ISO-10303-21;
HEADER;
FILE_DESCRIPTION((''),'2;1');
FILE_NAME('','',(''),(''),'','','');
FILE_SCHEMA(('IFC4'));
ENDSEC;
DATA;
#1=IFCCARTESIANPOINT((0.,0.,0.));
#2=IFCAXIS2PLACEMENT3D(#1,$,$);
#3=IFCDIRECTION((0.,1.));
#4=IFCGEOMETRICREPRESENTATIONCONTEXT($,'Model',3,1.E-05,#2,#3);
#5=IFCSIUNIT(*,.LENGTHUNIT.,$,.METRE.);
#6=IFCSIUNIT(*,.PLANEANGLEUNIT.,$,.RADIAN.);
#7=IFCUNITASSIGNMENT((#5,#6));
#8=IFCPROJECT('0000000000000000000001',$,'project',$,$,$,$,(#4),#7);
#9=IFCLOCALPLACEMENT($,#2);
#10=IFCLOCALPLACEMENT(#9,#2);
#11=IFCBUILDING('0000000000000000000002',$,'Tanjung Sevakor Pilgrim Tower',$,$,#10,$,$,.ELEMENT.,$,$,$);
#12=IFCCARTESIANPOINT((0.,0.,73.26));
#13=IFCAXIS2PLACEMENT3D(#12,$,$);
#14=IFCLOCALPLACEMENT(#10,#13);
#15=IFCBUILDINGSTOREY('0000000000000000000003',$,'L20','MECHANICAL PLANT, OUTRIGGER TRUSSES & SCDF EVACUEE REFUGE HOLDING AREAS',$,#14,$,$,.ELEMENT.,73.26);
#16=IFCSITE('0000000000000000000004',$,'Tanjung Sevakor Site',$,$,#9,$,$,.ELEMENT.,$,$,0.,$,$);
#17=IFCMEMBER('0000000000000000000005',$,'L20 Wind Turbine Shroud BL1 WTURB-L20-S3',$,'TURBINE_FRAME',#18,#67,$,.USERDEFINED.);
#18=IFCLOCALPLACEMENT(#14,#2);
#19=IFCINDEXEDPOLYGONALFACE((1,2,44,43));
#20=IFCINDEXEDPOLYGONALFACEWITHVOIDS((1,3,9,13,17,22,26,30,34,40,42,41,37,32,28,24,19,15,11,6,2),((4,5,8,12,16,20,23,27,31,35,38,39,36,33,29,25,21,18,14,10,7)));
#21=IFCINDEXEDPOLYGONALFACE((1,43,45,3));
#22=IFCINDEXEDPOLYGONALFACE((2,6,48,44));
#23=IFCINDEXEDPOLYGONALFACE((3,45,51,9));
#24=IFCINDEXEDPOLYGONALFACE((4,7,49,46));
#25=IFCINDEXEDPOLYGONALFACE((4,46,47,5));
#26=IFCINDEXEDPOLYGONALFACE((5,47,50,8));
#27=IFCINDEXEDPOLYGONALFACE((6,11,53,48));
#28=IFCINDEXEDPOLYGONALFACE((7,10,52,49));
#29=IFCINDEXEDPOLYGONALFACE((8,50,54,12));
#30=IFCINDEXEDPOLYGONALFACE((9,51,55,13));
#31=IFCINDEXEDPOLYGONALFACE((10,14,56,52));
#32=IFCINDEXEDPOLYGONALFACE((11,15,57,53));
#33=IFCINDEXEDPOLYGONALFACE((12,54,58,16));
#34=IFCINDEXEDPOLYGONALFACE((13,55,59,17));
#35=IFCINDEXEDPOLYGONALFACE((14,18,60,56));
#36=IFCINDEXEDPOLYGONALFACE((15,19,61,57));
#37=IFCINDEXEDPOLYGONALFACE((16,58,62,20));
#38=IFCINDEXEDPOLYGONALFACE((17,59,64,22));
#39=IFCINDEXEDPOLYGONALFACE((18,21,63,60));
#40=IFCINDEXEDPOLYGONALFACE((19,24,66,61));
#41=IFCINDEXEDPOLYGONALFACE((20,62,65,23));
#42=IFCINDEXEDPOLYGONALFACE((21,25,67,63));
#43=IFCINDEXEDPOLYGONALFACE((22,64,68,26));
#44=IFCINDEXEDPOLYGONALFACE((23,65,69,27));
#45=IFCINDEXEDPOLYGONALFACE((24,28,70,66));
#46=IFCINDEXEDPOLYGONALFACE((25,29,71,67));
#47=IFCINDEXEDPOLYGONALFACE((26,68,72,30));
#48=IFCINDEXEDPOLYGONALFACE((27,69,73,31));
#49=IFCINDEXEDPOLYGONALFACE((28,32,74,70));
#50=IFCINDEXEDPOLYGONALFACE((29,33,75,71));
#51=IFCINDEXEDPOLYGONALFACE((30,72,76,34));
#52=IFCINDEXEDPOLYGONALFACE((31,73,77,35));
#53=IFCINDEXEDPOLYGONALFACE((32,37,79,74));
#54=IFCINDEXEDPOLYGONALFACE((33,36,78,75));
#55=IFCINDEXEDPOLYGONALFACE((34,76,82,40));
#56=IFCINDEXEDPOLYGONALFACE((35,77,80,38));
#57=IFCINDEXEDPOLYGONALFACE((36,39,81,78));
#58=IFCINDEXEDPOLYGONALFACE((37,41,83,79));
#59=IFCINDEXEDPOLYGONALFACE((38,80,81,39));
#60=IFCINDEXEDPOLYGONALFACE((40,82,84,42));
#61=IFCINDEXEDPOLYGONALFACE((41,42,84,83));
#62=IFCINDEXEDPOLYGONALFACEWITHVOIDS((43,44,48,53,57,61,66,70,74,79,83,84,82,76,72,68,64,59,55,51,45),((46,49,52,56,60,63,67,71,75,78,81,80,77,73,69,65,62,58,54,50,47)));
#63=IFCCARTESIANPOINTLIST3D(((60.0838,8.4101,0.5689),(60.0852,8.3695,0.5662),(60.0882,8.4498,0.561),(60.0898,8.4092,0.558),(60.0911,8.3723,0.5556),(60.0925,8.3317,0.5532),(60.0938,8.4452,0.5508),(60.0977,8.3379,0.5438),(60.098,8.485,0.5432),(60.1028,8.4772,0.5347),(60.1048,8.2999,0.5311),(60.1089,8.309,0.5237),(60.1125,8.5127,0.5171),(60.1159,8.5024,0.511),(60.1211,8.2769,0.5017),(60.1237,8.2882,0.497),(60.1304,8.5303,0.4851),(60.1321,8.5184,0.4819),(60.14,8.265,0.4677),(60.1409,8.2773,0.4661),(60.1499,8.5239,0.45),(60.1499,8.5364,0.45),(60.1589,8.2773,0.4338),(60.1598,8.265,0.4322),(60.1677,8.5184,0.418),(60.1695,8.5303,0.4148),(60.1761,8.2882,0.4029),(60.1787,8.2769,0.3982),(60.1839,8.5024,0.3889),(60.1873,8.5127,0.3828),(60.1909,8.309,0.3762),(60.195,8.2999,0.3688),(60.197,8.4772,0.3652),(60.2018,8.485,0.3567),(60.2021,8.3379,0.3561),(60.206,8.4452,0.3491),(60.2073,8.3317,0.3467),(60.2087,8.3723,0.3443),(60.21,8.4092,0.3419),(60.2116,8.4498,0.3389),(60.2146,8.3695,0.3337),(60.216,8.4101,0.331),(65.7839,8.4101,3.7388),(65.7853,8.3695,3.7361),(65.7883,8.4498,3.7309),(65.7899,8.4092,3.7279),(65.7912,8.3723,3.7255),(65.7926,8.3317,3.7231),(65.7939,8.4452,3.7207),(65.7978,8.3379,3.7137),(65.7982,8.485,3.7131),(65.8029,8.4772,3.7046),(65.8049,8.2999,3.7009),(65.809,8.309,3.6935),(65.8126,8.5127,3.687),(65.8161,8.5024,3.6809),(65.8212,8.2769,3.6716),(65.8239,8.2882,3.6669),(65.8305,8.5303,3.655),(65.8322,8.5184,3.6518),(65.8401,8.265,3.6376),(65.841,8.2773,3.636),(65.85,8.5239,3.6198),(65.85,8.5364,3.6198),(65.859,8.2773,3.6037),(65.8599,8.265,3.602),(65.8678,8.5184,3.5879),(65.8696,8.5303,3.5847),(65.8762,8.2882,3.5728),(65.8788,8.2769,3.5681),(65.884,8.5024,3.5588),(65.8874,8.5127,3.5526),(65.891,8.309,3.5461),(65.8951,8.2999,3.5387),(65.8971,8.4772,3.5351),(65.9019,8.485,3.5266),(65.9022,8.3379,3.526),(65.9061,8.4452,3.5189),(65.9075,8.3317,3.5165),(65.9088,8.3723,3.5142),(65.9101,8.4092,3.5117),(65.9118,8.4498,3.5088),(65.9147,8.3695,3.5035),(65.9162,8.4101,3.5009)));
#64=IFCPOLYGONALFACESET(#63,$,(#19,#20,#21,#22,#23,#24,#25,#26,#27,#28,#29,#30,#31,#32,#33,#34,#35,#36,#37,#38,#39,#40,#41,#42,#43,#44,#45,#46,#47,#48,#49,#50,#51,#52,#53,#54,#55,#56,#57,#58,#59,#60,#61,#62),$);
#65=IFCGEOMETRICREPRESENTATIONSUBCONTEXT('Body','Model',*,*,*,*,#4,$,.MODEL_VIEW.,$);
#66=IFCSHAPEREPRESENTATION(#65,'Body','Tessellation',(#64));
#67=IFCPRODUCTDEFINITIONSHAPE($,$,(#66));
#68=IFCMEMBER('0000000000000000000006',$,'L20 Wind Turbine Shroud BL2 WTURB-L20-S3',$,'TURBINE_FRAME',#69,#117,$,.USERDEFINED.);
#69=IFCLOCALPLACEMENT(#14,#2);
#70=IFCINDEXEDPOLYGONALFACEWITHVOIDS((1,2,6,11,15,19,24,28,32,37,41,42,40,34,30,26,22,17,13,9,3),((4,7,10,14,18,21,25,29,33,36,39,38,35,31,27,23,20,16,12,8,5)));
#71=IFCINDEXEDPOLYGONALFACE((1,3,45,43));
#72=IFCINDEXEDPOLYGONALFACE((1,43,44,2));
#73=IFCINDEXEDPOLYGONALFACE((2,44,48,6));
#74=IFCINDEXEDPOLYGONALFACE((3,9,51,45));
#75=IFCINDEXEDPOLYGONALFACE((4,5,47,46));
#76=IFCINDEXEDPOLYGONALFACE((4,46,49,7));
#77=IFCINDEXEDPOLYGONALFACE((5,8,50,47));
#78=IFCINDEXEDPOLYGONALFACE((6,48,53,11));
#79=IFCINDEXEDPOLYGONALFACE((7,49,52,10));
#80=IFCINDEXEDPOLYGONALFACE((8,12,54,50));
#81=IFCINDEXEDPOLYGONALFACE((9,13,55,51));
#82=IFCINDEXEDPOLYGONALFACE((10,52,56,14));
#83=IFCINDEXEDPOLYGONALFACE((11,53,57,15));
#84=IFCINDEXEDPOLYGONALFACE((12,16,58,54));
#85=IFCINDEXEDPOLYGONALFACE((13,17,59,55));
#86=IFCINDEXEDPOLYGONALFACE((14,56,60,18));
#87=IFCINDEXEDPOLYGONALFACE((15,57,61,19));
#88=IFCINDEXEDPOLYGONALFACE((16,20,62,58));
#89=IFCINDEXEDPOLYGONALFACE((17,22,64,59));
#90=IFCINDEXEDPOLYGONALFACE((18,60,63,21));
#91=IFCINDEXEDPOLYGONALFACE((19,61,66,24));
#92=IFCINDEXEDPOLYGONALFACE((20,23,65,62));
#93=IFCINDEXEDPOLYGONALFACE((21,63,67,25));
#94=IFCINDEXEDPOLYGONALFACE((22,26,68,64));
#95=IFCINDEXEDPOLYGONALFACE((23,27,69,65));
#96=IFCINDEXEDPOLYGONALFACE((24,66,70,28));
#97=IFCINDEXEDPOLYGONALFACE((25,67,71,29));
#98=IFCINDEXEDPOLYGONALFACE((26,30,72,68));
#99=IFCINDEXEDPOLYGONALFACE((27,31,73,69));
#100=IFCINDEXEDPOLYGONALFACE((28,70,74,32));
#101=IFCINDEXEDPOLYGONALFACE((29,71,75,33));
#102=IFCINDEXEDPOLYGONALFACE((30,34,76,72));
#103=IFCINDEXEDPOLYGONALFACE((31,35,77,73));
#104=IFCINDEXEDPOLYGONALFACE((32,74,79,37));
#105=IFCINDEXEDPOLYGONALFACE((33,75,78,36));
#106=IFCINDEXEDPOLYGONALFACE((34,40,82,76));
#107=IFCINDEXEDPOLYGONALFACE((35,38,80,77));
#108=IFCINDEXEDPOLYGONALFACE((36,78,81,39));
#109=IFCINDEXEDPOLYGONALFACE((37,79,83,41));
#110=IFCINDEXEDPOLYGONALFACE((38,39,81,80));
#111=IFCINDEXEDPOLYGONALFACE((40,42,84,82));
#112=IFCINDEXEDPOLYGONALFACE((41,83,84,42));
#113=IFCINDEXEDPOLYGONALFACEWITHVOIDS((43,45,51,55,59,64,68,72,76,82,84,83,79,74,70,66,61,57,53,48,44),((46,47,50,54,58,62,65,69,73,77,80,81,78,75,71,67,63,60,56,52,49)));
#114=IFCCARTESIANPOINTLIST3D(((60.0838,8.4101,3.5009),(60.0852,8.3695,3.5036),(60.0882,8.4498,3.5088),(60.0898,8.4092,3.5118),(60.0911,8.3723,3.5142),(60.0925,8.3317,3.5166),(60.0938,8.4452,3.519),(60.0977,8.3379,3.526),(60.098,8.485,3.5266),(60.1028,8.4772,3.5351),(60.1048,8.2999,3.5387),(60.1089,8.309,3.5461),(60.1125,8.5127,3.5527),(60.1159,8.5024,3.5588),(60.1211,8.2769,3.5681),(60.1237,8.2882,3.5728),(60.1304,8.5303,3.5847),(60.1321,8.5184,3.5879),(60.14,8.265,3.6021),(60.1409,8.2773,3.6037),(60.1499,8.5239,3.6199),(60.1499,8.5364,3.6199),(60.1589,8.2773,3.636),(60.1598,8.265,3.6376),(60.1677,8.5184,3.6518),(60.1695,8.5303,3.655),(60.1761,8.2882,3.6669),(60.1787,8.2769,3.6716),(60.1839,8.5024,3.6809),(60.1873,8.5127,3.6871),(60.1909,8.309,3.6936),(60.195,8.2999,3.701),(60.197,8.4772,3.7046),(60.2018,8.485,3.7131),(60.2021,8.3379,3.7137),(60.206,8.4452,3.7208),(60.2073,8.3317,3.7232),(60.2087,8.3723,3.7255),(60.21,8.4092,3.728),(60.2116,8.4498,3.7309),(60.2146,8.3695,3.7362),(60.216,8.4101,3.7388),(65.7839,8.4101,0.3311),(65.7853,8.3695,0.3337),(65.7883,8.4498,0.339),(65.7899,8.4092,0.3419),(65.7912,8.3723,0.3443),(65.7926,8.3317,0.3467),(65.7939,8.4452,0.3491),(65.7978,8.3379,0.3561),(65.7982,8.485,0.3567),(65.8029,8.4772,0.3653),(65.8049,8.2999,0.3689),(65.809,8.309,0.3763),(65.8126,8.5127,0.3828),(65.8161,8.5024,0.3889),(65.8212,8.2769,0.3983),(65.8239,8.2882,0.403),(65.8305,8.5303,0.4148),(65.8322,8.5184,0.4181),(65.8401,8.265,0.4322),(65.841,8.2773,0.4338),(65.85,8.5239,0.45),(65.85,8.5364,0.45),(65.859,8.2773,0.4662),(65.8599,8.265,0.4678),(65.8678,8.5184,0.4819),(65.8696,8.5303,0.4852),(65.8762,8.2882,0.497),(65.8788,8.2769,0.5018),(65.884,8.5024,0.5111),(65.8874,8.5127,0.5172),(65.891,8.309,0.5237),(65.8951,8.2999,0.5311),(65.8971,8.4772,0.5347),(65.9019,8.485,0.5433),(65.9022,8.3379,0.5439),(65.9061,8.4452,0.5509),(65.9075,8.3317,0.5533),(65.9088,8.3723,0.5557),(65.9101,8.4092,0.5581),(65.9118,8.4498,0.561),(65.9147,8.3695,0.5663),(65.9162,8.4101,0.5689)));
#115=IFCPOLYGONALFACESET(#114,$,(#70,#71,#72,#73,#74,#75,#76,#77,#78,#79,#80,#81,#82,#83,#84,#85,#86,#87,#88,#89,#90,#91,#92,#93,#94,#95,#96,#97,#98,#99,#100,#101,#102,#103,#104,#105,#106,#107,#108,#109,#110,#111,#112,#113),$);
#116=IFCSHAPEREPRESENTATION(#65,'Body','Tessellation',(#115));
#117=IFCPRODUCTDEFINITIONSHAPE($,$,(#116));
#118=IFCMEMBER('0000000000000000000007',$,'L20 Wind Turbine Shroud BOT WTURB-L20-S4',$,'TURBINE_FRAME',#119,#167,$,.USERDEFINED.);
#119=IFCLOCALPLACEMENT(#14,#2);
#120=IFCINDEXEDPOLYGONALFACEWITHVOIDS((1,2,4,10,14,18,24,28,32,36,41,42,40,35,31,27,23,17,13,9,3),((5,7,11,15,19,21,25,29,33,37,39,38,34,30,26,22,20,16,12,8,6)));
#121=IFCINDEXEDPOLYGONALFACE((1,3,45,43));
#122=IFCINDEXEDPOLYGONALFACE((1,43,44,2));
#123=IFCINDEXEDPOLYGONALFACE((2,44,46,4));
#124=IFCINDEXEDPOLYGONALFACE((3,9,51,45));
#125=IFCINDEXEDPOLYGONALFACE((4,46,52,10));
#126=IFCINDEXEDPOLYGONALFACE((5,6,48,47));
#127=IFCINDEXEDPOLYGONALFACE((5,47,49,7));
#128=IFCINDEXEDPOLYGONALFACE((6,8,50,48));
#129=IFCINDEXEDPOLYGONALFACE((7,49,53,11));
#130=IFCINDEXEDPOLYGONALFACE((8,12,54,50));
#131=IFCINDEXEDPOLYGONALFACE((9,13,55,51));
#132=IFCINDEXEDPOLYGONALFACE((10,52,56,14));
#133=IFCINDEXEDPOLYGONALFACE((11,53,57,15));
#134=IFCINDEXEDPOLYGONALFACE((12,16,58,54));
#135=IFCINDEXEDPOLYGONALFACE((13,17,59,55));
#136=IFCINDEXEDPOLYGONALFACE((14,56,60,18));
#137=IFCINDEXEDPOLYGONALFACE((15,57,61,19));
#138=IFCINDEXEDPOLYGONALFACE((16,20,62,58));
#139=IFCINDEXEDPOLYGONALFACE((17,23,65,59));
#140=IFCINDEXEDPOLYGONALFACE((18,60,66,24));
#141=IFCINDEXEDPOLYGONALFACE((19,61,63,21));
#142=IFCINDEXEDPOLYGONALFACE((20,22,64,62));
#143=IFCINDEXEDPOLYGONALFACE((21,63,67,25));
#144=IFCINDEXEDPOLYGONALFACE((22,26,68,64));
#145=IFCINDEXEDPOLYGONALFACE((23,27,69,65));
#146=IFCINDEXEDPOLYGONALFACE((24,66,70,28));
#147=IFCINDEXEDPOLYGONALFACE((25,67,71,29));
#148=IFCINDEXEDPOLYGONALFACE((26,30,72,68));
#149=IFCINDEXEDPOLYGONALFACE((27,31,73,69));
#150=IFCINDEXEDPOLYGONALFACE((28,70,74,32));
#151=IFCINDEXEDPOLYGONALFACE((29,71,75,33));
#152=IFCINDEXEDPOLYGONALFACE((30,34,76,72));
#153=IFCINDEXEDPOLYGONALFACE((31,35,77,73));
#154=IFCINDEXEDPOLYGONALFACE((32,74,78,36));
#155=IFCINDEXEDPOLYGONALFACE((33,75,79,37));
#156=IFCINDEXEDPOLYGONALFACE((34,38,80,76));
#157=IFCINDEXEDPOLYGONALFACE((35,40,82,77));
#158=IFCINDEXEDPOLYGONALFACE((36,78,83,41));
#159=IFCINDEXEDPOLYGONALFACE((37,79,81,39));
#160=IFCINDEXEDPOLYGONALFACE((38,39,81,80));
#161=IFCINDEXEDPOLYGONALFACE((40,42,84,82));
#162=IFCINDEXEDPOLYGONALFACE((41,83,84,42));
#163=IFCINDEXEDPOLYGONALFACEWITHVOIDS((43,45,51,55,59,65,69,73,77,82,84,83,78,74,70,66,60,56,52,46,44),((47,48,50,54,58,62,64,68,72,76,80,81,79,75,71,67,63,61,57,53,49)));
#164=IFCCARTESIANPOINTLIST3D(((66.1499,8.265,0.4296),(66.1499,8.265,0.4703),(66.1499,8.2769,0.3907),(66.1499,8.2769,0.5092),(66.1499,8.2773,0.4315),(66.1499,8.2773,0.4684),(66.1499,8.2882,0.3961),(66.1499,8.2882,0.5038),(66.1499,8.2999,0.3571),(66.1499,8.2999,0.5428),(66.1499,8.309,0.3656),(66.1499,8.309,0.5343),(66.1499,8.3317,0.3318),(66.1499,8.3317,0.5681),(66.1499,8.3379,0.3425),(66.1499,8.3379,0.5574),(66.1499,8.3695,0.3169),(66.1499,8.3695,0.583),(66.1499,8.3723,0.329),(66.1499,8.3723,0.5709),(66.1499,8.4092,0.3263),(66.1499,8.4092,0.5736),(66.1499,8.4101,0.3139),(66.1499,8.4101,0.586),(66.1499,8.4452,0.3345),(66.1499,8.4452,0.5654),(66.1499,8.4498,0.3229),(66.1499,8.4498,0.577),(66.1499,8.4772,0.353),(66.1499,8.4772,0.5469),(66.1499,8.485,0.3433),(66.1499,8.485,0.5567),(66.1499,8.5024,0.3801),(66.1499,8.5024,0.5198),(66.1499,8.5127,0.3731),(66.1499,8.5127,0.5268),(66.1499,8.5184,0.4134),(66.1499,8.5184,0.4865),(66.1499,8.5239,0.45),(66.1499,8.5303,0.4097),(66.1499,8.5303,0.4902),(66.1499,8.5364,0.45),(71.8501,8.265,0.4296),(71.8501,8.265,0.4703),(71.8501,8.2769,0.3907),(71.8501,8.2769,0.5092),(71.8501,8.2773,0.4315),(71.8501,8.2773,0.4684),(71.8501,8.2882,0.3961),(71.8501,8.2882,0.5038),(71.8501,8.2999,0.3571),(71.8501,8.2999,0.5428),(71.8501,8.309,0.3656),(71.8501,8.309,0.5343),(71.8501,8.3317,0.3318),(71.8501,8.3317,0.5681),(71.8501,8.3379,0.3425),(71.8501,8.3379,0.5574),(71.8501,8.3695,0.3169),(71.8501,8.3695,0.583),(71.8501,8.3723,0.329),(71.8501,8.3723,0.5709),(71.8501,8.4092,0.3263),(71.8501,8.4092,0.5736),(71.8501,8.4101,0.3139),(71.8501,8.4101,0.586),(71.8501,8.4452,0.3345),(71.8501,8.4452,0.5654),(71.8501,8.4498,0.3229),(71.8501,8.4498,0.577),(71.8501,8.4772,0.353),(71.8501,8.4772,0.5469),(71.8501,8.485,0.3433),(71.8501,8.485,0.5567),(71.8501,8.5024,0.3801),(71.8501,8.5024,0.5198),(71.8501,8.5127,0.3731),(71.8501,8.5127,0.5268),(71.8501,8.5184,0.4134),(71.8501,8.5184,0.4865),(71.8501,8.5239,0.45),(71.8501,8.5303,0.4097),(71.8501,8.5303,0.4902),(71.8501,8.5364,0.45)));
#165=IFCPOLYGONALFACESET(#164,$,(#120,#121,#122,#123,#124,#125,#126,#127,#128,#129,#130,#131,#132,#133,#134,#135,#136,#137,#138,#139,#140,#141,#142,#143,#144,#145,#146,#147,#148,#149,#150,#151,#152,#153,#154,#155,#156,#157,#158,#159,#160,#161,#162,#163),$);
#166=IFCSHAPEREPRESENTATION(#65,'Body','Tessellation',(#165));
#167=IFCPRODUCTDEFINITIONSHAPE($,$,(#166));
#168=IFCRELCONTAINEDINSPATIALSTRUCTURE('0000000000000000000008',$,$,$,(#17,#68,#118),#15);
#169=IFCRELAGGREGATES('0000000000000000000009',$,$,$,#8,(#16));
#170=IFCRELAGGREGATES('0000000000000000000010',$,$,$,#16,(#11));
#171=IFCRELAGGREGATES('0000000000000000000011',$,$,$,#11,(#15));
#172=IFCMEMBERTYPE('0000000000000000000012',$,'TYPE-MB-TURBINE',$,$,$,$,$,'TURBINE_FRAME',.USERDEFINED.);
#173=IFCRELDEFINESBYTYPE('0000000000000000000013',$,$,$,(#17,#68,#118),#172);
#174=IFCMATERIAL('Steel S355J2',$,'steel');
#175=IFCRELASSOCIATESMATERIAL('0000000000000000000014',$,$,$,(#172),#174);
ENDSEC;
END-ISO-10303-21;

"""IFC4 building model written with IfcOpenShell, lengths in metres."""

from ifc_helpers import new_model, si_unit, direction, frame, origin, origin_2d, place, context, subcontext, project, spatial, hollow_circle, extrude, material, material_profile, profile_set, type_object, element, save


model = new_model("IFC4")

# Units and contexts
model_context = context("Model", 3, precision=1e-05, world=origin(), true_north=direction((0.0, 1.0)))
body_context = subcontext(model_context, "Body", "Model", "MODEL_VIEW")
ifc_project = project(units=[si_unit("LENGTHUNIT", "METRE"), si_unit("PLANEANGLEUNIT", "RADIAN")], contexts=[model_context])

# Site, building, storey
site_placement = place(None, origin())
site = spatial("IfcSite", under=ifc_project, at=site_placement, Name="Tanjung Sevakor Site", CompositionType="ELEMENT", RefElevation=0.0)
building_placement = place(site_placement, origin())
building = spatial("IfcBuilding", under=site, at=building_placement, Name="Tanjung Sevakor Pilgrim Tower", CompositionType="ELEMENT")
storey_placement = place(building_placement, frame((0.0, 0.0, 73.26)))
storey = spatial("IfcBuildingStorey", under=building, at=storey_placement, Name="L20", Description="MECHANICAL PLANT, OUTRIGGER TRUSSES & SCDF EVACUEE REFUGE HOLDING AREAS", CompositionType="ELEMENT", Elevation=73.26)

# Members
ifc_material_1 = material(Name="Steel S355J2", Category="steel")
ifc_material_profile_1 = material_profile(ifc_material_1, hollow_circle(Radius=0.1365, WallThickness=0.0125, at=origin_2d()))
ifc_profile_set_1 = profile_set([ifc_material_profile_1], Name="Steel S355J2")
member_type_1 = type_object("IfcMemberType", Name="TYPE-MB-TURBINE", ElementType="TURBINE_FRAME", PredefinedType="USERDEFINED", material=ifc_profile_set_1)
for number, where, z_axis, x_axis, name in (
    (1, (60.1499, 8.3999, 0.45), (0.873952, 0.0, 0.486012), (0.0, 1.0, 0.0), "L20 Wind Turbine Shroud BL1 WTURB-L20-S3"),
    (2, (60.1499, 8.3999, 3.6199), (0.873952, 0.0, -0.486012), (0.0, 1.0, 0.0), "L20 Wind Turbine Shroud BL2 WTURB-L20-S3"),
):
    element("IfcMember", number, at=place(storey_placement, frame(where, z_axis=z_axis, x_axis=x_axis)), inside=storey, type_object=member_type_1, Name=name, ObjectType="TURBINE_FRAME", PredefinedType="USERDEFINED", context=body_context, shape_type="SweptSolid", body=[
        extrude(hollow_circle(Radius=0.1365, WallThickness=0.0125, at=origin_2d()), origin(), (0.0, 0.0, 1.0), 6.5222),
    ])
for number, where, z_axis, x_axis, name in (
    (3, (66.1499, 8.3999, 0.45), (1.0, 0.0, 0.0), (0.0, 1.0, 0.0), "L20 Wind Turbine Shroud BOT WTURB-L20-S4"),
):
    element("IfcMember", number, at=place(storey_placement, frame(where, z_axis=z_axis, x_axis=x_axis)), inside=storey, type_object=member_type_1, Name=name, ObjectType="TURBINE_FRAME", PredefinedType="USERDEFINED", context=body_context, shape_type="SweptSolid", body=[
        extrude(hollow_circle(Radius=0.1365, WallThickness=0.0125, at=origin_2d()), origin(), (0.0, 0.0, 1.0), 5.7002),
    ])

save(model, "model.ifc")
